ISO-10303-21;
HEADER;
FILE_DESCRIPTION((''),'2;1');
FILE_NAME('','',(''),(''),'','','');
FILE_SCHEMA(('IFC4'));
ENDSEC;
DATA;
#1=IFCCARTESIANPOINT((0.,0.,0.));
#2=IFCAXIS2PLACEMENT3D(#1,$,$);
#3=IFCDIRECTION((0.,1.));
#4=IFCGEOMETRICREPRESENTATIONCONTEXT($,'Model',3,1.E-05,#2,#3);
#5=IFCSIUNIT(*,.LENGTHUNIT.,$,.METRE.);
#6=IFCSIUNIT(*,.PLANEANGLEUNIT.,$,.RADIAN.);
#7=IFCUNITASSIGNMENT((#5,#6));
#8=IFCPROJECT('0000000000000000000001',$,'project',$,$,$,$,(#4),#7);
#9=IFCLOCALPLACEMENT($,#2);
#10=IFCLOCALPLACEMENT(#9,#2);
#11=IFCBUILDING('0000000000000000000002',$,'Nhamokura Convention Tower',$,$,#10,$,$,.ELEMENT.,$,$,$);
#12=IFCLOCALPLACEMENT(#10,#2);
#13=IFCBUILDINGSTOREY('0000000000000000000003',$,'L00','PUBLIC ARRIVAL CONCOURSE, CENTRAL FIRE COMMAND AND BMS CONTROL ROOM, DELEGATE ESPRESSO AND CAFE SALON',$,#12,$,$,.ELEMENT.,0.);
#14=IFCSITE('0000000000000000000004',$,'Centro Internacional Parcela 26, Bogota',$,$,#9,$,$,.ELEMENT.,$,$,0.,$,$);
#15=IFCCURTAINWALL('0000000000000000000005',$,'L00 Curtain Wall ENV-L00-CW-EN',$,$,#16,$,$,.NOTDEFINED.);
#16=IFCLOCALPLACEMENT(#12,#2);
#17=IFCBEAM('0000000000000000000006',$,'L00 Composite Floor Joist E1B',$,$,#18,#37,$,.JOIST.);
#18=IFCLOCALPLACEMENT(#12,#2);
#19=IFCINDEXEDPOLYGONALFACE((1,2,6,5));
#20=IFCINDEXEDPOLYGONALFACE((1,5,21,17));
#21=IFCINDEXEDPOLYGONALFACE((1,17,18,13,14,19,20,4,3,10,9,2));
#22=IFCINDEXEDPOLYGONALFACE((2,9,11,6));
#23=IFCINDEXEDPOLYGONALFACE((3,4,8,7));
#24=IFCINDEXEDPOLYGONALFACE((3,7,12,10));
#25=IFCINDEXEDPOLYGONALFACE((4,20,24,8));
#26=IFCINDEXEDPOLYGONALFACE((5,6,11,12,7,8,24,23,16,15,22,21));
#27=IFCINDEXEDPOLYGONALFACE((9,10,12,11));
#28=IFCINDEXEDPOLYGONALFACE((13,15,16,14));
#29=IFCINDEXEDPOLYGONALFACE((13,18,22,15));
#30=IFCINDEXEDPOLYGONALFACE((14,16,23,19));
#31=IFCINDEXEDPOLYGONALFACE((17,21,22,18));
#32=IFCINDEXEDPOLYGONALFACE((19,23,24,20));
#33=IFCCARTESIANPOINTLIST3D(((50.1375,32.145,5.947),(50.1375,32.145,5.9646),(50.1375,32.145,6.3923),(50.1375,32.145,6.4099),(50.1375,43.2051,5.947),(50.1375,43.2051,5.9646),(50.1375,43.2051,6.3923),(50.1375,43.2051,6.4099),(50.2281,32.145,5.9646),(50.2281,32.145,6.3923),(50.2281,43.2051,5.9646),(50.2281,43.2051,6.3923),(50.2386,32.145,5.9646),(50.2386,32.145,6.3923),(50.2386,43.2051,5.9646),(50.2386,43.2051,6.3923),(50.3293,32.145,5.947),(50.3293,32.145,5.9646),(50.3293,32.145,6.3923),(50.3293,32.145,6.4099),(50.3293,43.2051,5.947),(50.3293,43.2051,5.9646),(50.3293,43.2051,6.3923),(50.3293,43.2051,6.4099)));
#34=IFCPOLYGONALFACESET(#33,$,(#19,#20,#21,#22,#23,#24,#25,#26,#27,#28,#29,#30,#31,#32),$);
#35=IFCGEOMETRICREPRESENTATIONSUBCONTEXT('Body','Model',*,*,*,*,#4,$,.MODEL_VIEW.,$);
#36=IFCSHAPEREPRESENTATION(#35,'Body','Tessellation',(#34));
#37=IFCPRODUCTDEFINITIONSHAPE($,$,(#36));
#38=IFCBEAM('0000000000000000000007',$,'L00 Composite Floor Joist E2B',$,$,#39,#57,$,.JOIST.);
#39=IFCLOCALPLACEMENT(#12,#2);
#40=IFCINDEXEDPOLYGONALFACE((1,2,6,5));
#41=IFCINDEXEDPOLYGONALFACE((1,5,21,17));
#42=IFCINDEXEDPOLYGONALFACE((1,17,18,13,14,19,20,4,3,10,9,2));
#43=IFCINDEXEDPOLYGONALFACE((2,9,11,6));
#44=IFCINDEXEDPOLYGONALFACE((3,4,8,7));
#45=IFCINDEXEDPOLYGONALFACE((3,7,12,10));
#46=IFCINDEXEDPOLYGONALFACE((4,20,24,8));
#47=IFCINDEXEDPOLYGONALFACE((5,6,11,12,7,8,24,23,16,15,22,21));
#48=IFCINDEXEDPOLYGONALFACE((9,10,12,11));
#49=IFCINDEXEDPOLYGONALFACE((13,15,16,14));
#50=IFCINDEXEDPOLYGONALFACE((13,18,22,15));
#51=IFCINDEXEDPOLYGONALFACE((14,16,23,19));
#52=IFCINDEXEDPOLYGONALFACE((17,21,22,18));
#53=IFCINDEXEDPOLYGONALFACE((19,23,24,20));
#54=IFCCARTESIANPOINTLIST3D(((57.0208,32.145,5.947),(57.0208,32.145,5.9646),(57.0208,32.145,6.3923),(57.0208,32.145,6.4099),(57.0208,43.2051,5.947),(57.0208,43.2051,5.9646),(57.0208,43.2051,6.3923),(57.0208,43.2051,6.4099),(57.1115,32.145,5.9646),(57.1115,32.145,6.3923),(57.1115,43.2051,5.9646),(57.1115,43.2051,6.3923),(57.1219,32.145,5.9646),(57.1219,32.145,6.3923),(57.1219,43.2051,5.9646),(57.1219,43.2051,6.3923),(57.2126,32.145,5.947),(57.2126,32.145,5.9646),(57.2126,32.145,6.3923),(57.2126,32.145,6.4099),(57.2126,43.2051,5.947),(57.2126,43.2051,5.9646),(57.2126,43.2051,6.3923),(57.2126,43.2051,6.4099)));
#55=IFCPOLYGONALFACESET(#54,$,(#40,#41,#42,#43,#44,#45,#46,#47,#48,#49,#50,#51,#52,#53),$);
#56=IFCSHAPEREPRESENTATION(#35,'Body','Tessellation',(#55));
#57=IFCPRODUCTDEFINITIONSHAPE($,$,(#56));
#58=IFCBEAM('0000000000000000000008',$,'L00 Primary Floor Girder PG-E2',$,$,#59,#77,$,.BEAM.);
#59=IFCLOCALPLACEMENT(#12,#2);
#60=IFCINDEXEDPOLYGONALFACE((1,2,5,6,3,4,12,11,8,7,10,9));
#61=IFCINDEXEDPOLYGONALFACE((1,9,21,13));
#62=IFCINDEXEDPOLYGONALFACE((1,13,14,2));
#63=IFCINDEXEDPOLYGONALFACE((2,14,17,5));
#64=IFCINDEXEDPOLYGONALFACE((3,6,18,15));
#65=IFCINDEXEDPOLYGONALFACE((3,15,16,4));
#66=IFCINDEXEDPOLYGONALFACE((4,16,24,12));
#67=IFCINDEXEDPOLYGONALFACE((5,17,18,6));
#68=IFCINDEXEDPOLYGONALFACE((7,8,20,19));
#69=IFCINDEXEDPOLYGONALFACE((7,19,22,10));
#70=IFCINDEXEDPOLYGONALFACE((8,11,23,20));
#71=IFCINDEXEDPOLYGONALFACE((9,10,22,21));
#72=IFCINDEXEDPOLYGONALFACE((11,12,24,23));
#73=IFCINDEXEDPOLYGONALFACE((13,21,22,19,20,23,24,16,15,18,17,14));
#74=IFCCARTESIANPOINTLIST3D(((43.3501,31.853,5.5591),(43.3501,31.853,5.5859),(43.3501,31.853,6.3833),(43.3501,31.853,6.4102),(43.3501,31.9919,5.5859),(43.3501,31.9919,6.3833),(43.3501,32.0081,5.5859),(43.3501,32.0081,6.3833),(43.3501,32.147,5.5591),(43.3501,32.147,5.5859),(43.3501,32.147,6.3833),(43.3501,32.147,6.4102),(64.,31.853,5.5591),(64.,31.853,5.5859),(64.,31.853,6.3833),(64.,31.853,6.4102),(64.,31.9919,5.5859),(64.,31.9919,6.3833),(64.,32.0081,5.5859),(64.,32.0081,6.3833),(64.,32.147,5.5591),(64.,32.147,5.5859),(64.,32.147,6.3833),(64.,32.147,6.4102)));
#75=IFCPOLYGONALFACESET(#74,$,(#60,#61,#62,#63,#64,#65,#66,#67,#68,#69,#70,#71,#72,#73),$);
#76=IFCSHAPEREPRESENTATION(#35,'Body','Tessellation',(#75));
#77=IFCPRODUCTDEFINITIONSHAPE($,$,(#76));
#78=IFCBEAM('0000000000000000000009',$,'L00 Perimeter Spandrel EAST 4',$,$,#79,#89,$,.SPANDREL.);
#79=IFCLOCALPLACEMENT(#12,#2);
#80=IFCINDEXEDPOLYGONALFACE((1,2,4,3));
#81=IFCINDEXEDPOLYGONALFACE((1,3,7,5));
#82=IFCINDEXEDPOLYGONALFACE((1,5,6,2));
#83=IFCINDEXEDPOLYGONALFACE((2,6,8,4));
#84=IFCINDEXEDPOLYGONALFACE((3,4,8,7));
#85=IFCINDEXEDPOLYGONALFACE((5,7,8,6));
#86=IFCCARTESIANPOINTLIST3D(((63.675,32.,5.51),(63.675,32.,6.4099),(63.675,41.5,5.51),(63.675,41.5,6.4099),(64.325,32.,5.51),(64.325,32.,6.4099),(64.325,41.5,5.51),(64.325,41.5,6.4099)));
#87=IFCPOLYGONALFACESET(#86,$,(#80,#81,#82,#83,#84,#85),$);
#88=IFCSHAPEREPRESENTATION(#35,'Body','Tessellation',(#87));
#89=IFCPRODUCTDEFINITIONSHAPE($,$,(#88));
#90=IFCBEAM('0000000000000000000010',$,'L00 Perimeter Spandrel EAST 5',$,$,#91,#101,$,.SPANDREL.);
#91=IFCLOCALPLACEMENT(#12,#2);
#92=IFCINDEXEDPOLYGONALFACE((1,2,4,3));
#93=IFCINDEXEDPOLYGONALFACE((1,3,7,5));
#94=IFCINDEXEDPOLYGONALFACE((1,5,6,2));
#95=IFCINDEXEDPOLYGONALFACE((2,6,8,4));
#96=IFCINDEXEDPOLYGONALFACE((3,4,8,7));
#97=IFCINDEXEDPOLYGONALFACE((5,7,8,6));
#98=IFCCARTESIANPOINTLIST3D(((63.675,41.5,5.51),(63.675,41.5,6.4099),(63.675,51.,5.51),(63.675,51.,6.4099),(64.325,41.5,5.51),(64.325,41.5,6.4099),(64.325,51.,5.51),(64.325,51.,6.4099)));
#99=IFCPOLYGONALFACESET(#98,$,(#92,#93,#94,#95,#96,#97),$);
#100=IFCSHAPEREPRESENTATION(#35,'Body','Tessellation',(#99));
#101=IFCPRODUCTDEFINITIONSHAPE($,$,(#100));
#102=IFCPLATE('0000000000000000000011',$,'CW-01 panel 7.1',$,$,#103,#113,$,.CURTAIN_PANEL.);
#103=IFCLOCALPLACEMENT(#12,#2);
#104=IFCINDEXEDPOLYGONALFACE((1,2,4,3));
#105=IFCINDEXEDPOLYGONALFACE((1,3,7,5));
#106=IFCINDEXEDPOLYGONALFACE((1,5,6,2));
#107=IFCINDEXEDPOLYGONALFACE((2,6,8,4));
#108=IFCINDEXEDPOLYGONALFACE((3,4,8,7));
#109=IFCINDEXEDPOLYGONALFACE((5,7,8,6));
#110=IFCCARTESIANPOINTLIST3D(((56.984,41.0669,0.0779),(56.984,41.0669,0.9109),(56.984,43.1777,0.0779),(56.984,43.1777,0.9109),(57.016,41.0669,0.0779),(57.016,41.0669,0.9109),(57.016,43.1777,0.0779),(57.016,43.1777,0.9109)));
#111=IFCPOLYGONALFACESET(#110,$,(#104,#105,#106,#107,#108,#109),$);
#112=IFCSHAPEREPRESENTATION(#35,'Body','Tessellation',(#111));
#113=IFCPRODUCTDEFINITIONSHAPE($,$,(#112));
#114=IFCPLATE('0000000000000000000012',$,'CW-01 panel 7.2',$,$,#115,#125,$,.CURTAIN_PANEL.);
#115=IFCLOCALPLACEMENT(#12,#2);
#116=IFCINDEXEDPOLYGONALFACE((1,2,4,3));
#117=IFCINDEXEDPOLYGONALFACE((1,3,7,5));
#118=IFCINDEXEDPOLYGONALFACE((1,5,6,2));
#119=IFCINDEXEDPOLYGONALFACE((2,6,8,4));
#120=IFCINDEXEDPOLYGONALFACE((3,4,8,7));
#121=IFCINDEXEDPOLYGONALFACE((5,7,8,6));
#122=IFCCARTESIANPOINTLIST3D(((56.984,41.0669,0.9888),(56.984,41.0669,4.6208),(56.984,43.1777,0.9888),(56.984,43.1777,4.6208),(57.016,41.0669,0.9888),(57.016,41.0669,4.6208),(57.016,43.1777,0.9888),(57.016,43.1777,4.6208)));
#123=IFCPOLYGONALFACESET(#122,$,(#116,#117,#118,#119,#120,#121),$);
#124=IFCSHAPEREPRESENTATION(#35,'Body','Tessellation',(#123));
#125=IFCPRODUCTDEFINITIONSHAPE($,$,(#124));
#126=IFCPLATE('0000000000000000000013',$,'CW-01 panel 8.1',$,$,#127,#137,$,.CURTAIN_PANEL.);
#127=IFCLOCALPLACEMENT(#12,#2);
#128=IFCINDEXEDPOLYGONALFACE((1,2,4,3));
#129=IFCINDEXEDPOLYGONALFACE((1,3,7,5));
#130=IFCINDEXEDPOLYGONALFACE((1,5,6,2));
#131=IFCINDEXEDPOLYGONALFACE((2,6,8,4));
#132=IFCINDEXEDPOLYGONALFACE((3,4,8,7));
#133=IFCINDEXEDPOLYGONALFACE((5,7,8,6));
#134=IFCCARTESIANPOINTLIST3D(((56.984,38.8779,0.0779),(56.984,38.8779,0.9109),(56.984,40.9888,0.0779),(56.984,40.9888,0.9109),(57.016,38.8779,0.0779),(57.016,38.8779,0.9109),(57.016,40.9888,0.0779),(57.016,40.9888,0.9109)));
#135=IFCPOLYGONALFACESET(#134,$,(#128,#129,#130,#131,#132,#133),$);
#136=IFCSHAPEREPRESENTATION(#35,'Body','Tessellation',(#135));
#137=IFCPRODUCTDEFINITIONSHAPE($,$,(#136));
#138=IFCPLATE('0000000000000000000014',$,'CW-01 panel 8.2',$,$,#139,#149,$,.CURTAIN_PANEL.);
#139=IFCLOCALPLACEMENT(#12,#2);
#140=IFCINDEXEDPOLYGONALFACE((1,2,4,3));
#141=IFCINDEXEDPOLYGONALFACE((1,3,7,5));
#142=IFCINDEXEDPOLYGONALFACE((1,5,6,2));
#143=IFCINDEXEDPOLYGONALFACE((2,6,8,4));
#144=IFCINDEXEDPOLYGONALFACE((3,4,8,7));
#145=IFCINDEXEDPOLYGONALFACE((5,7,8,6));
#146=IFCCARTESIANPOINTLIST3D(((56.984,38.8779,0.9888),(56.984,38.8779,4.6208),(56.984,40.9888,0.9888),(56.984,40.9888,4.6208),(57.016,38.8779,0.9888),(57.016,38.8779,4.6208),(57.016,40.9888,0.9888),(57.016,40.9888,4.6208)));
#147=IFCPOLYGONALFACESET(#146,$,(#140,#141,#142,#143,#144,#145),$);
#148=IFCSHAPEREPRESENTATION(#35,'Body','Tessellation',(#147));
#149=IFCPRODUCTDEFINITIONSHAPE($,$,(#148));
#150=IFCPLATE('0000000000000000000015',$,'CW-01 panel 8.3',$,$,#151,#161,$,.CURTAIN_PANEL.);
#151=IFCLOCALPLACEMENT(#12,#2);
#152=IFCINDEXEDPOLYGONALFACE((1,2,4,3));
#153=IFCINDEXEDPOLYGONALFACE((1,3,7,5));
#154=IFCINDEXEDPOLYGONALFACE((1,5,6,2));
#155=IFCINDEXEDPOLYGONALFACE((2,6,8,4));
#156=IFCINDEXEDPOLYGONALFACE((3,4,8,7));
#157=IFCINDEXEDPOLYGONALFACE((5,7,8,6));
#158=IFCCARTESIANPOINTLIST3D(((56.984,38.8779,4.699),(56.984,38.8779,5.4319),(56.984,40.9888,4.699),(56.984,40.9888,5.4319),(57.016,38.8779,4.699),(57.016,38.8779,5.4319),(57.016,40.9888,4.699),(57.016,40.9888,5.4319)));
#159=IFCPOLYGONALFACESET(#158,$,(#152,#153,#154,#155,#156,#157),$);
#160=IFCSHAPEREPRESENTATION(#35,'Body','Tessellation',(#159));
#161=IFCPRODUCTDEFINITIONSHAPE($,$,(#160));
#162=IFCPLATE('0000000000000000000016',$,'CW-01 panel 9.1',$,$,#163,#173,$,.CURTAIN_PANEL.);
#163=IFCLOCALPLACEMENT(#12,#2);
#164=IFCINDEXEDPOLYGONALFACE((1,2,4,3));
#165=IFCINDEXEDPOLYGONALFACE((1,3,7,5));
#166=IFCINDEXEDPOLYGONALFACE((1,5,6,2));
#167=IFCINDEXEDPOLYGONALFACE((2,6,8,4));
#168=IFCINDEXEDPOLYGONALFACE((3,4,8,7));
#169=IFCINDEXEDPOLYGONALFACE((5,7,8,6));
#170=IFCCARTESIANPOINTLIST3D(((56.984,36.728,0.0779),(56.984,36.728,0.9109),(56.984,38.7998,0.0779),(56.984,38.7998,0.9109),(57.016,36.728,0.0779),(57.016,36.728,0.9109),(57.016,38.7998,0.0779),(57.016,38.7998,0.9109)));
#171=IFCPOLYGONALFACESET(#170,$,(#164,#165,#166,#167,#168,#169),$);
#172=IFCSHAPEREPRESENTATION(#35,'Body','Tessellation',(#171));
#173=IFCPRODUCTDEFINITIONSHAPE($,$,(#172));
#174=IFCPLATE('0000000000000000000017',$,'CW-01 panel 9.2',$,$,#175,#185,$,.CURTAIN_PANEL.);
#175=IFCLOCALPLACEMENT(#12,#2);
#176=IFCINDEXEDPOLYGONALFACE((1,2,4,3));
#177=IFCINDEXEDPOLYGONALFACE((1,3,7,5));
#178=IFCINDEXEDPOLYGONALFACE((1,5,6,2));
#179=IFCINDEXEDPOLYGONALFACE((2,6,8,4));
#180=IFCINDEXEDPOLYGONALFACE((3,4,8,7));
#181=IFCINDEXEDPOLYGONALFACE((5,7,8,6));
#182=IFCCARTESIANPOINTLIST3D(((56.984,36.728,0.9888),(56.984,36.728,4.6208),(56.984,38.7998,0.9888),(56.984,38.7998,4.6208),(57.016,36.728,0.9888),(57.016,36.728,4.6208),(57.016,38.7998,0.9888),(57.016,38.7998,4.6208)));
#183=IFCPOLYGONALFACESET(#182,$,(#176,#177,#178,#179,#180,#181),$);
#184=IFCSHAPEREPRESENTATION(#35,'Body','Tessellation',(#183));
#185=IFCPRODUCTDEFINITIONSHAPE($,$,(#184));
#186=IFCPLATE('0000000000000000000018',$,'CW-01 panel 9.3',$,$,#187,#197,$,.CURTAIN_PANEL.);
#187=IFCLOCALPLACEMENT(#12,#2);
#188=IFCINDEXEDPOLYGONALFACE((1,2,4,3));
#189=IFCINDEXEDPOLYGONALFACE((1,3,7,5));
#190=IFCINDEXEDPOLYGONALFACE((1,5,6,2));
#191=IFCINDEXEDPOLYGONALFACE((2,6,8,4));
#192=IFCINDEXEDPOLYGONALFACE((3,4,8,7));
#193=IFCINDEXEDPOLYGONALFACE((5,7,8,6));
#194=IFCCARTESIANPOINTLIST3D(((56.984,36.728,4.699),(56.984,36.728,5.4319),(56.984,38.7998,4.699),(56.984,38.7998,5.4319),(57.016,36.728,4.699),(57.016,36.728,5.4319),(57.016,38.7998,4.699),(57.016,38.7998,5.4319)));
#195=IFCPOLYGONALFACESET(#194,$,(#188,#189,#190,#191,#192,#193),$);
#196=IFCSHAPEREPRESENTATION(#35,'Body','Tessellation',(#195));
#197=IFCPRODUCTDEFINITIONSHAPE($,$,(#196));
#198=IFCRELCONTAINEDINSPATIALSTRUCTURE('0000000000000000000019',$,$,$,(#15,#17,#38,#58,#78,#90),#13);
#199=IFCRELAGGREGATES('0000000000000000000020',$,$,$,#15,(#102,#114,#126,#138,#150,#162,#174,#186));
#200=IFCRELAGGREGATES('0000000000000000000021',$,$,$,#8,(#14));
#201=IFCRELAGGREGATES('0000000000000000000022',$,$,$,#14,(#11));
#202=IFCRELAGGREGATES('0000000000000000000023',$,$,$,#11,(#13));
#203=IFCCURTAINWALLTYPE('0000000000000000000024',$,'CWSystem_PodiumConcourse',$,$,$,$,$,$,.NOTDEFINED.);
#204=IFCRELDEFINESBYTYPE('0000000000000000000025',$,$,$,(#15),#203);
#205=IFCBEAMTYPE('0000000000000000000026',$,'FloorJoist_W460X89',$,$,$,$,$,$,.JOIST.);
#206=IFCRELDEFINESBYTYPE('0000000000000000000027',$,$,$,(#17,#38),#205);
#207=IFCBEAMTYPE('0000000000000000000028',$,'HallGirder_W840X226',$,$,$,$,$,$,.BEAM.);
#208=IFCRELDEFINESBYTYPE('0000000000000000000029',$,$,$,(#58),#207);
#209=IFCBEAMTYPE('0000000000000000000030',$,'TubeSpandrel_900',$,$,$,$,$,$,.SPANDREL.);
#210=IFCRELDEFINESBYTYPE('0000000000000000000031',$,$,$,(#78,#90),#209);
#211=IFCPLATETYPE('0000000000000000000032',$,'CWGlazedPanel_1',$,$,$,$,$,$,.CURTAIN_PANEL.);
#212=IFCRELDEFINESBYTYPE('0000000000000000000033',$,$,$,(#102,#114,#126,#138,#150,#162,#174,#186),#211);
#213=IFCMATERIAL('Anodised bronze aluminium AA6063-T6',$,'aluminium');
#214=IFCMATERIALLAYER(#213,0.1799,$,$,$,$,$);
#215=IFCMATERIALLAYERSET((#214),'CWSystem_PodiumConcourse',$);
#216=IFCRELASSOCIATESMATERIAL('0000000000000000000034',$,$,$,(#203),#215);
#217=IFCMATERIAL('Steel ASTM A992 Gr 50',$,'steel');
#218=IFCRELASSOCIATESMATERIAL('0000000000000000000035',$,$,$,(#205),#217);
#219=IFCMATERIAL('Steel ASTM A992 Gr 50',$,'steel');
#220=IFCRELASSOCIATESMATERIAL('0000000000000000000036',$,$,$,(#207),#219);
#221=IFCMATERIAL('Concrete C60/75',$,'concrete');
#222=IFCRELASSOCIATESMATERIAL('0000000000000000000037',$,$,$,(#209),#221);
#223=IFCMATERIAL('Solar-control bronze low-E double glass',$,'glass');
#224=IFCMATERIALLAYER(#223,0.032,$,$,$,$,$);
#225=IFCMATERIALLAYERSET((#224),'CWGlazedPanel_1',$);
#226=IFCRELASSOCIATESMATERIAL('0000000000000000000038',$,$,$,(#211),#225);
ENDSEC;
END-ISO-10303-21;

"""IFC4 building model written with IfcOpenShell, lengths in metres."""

from ifc_helpers import new_model, si_unit, direction, frame, origin, origin_2d, place, context, subcontext, project, spatial, rectangle, i_section, extrude, material, layer, layer_set, material_profile, profile_set, type_object, element, aggregate, save


model = new_model("IFC4")

# Units and contexts
model_context = context("Model", 3, precision=1e-05, world=origin(), true_north=direction((0.0, 1.0)))
body_context = subcontext(model_context, "Body", "Model", "MODEL_VIEW")
ifc_project = project(units=[si_unit("LENGTHUNIT", "METRE"), si_unit("PLANEANGLEUNIT", "RADIAN")], contexts=[model_context])

# Site, building, storey
site_placement = place(None, origin())
site = spatial("IfcSite", under=ifc_project, at=site_placement, Name="Centro Internacional Parcela 26, Bogota", CompositionType="ELEMENT", RefElevation=0.0)
building_placement = place(site_placement, origin())
building = spatial("IfcBuilding", under=site, at=building_placement, Name="Nhamokura Convention Tower", CompositionType="ELEMENT")
storey_placement = place(building_placement, origin())
storey = spatial("IfcBuildingStorey", under=building, at=storey_placement, Name="L00", Description="PUBLIC ARRIVAL CONCOURSE, CENTRAL FIRE COMMAND AND BMS CONTROL ROOM, DELEGATE ESPRESSO AND CAFE SALON", CompositionType="ELEMENT", Elevation=0.0)

# Curtain wall
ifc_material_1 = material(Name="Anodised bronze aluminium AA6063-T6", Category="aluminium")
ifc_layer_1 = layer(ifc_material_1, 0.1799)
ifc_layer_set_1 = layer_set([ifc_layer_1], Name="CWSystem_PodiumConcourse")
curtain_wall_type = type_object("IfcCurtainWallType", Name="CWSystem_PodiumConcourse", PredefinedType="NOTDEFINED", material=ifc_layer_set_1)
curtain_wall_placement = place(storey_placement, origin())
curtain_wall = element("IfcCurtainWall", 1, at=curtain_wall_placement, inside=storey, type_object=curtain_wall_type, Name="L00 Curtain Wall ENV-L00-CW-EN", PredefinedType="NOTDEFINED")

# Beams
ifc_material_2 = material(Name="Steel ASTM A992 Gr 50", Category="steel")
ifc_material_profile_1 = material_profile(ifc_material_2, i_section(OverallWidth=0.1919, OverallDepth=0.4629, WebThickness=0.0105, FlangeThickness=0.0176, at=origin_2d()))
ifc_profile_set_1 = profile_set([ifc_material_profile_1], Name="Steel ASTM A992 Gr 50")
beam_type_1 = type_object("IfcBeamType", Name="FloorJoist_W460X89", PredefinedType="JOIST", material=ifc_profile_set_1)
for number, where, z_axis, x_axis, name in (
    (2, (50.2334, 32.145, 6.1785), (0.0, 1.0, 0.0), (-1.0, 0.0, 0.0), "L00 Composite Floor Joist E1B"),
    (3, (57.1167, 32.145, 6.1785), (0.0, 1.0, 0.0), (-1.0, 0.0, 0.0), "L00 Composite Floor Joist E2B"),
):
    element("IfcBeam", number, at=place(storey_placement, frame(where, z_axis=z_axis, x_axis=x_axis)), inside=storey, type_object=beam_type_1, Name=name, PredefinedType="JOIST", context=body_context, shape_type="SweptSolid", body=[
        extrude(i_section(OverallWidth=0.1919, OverallDepth=0.4629, WebThickness=0.0105, FlangeThickness=0.0176, at=origin_2d()), origin(), (0.0, 0.0, 1.0), 11.0601),
    ])
ifc_material_3 = material(Name="Steel ASTM A992 Gr 50", Category="steel")
ifc_material_profile_2 = material_profile(ifc_material_3, i_section(OverallWidth=0.2939, OverallDepth=0.8511, WebThickness=0.0161, FlangeThickness=0.0269, at=origin_2d()))
ifc_profile_set_2 = profile_set([ifc_material_profile_2], Name="Steel ASTM A992 Gr 50")
beam_type_2 = type_object("IfcBeamType", Name="HallGirder_W840X226", PredefinedType="BEAM", material=ifc_profile_set_2)
beam_placement = place(storey_placement, frame((43.3501, 32.0, 5.9846), z_axis=(1.0, 0.0, 0.0), x_axis=(0.0, 1.0, 0.0)))
element("IfcBeam", 4, at=beam_placement, inside=storey, type_object=beam_type_2, Name="L00 Primary Floor Girder PG-E2", PredefinedType="BEAM", context=body_context, shape_type="SweptSolid", body=[
    extrude(i_section(OverallWidth=0.2939, OverallDepth=0.8511, WebThickness=0.0161, FlangeThickness=0.0269, at=origin_2d()), origin(), (0.0, 0.0, 1.0), 20.6499),
])
ifc_material_4 = material(Name="Concrete C60/75", Category="concrete")
ifc_material_profile_3 = material_profile(ifc_material_4, rectangle(XDim=0.6499, YDim=0.8999, at=origin_2d()))
ifc_profile_set_3 = profile_set([ifc_material_profile_3], Name="Concrete C60/75")
beam_type_3 = type_object("IfcBeamType", Name="TubeSpandrel_900", PredefinedType="SPANDREL", material=ifc_profile_set_3)
for number, where, z_axis, x_axis, name in (
    (5, (64.0, 32.0, 5.96), (0.0, 1.0, 0.0), (-1.0, 0.0, 0.0), "L00 Perimeter Spandrel EAST 4"),
    (6, (64.0, 41.5, 5.96), (0.0, 1.0, 0.0), (-1.0, 0.0, 0.0), "L00 Perimeter Spandrel EAST 5"),
):
    element("IfcBeam", number, at=place(storey_placement, frame(where, z_axis=z_axis, x_axis=x_axis)), inside=storey, type_object=beam_type_3, Name=name, PredefinedType="SPANDREL", context=body_context, shape_type="SweptSolid", body=[
        extrude(rectangle(XDim=0.6499, YDim=0.8999, at=origin_2d()), origin(), (0.0, 0.0, 1.0), 9.5),
    ])

# Plates
ifc_material_5 = material(Name="Solar-control bronze low-E double glass", Category="glass")
ifc_layer_2 = layer(ifc_material_5, 0.032)
ifc_layer_set_2 = layer_set([ifc_layer_2], Name="CWGlazedPanel_1")
plate_type = type_object("IfcPlateType", Name="CWGlazedPanel_1", PredefinedType="CURTAIN_PANEL", material=ifc_layer_set_2)
plate_1_placement = place(storey_placement, frame((57.0, 42.1223, 0.0779), z_axis=(0.0, 0.0, 1.0), x_axis=(0.0, -1.0, 0.0)))
plate_1 = element("IfcPlate", 7, at=plate_1_placement, type_object=plate_type, Name="CW-01 panel 7.1", PredefinedType="CURTAIN_PANEL", context=body_context, shape_type="SweptSolid", body=[
    extrude(rectangle(XDim=2.1108, YDim=0.032, at=origin_2d()), origin(), (0.0, 0.0, 1.0), 0.833),
])
plate_2_placement = place(storey_placement, frame((57.0, 42.1223, 0.9888), z_axis=(0.0, 0.0, 1.0), x_axis=(0.0, -1.0, 0.0)))
plate_2 = element("IfcPlate", 8, at=plate_2_placement, type_object=plate_type, Name="CW-01 panel 7.2", PredefinedType="CURTAIN_PANEL", context=body_context, shape_type="SweptSolid", body=[
    extrude(rectangle(XDim=2.1108, YDim=0.032, at=origin_2d()), origin(), (0.0, 0.0, 1.0), 3.6321),
])
plate_3_placement = place(storey_placement, frame((57.0, 39.9333, 0.0779), z_axis=(0.0, 0.0, 1.0), x_axis=(0.0, -1.0, 0.0)))
plate_3 = element("IfcPlate", 9, at=plate_3_placement, type_object=plate_type, Name="CW-01 panel 8.1", PredefinedType="CURTAIN_PANEL", context=body_context, shape_type="SweptSolid", body=[
    extrude(rectangle(XDim=2.1108, YDim=0.032, at=origin_2d()), origin(), (0.0, 0.0, 1.0), 0.833),
])
plate_4_placement = place(storey_placement, frame((57.0, 39.9333, 0.9888), z_axis=(0.0, 0.0, 1.0), x_axis=(0.0, -1.0, 0.0)))
plate_4 = element("IfcPlate", 10, at=plate_4_placement, type_object=plate_type, Name="CW-01 panel 8.2", PredefinedType="CURTAIN_PANEL", context=body_context, shape_type="SweptSolid", body=[
    extrude(rectangle(XDim=2.1108, YDim=0.032, at=origin_2d()), origin(), (0.0, 0.0, 1.0), 3.6321),
])
plate_5_placement = place(storey_placement, frame((57.0, 39.9333, 4.699), z_axis=(0.0, 0.0, 1.0), x_axis=(0.0, -1.0, 0.0)))
plate_5 = element("IfcPlate", 11, at=plate_5_placement, type_object=plate_type, Name="CW-01 panel 8.3", PredefinedType="CURTAIN_PANEL", context=body_context, shape_type="SweptSolid", body=[
    extrude(rectangle(XDim=2.1108, YDim=0.032, at=origin_2d()), origin(), (0.0, 0.0, 1.0), 0.7329),
])
plate_6_placement = place(storey_placement, frame((57.0, 37.7639, 0.0779), z_axis=(0.0, 0.0, 1.0), x_axis=(0.0, -1.0, 0.0)))
plate_6 = element("IfcPlate", 12, at=plate_6_placement, type_object=plate_type, Name="CW-01 panel 9.1", PredefinedType="CURTAIN_PANEL", context=body_context, shape_type="SweptSolid", body=[
    extrude(rectangle(XDim=2.0718, YDim=0.032, at=origin_2d()), origin(), (0.0, 0.0, 1.0), 0.833),
])
plate_7_placement = place(storey_placement, frame((57.0, 37.7639, 0.9888), z_axis=(0.0, 0.0, 1.0), x_axis=(0.0, -1.0, 0.0)))
plate_7 = element("IfcPlate", 13, at=plate_7_placement, type_object=plate_type, Name="CW-01 panel 9.2", PredefinedType="CURTAIN_PANEL", context=body_context, shape_type="SweptSolid", body=[
    extrude(rectangle(XDim=2.0718, YDim=0.032, at=origin_2d()), origin(), (0.0, 0.0, 1.0), 3.6321),
])
plate_8_placement = place(storey_placement, frame((57.0, 37.7639, 4.699), z_axis=(0.0, 0.0, 1.0), x_axis=(0.0, -1.0, 0.0)))
plate_8 = element("IfcPlate", 14, at=plate_8_placement, type_object=plate_type, Name="CW-01 panel 9.3", PredefinedType="CURTAIN_PANEL", context=body_context, shape_type="SweptSolid", body=[
    extrude(rectangle(XDim=2.0718, YDim=0.032, at=origin_2d()), origin(), (0.0, 0.0, 1.0), 0.7329),
])
aggregate(curtain_wall, [plate_1, plate_2, plate_3, plate_4, plate_5, plate_6, plate_7, plate_8])

save(model, "model.ifc")
